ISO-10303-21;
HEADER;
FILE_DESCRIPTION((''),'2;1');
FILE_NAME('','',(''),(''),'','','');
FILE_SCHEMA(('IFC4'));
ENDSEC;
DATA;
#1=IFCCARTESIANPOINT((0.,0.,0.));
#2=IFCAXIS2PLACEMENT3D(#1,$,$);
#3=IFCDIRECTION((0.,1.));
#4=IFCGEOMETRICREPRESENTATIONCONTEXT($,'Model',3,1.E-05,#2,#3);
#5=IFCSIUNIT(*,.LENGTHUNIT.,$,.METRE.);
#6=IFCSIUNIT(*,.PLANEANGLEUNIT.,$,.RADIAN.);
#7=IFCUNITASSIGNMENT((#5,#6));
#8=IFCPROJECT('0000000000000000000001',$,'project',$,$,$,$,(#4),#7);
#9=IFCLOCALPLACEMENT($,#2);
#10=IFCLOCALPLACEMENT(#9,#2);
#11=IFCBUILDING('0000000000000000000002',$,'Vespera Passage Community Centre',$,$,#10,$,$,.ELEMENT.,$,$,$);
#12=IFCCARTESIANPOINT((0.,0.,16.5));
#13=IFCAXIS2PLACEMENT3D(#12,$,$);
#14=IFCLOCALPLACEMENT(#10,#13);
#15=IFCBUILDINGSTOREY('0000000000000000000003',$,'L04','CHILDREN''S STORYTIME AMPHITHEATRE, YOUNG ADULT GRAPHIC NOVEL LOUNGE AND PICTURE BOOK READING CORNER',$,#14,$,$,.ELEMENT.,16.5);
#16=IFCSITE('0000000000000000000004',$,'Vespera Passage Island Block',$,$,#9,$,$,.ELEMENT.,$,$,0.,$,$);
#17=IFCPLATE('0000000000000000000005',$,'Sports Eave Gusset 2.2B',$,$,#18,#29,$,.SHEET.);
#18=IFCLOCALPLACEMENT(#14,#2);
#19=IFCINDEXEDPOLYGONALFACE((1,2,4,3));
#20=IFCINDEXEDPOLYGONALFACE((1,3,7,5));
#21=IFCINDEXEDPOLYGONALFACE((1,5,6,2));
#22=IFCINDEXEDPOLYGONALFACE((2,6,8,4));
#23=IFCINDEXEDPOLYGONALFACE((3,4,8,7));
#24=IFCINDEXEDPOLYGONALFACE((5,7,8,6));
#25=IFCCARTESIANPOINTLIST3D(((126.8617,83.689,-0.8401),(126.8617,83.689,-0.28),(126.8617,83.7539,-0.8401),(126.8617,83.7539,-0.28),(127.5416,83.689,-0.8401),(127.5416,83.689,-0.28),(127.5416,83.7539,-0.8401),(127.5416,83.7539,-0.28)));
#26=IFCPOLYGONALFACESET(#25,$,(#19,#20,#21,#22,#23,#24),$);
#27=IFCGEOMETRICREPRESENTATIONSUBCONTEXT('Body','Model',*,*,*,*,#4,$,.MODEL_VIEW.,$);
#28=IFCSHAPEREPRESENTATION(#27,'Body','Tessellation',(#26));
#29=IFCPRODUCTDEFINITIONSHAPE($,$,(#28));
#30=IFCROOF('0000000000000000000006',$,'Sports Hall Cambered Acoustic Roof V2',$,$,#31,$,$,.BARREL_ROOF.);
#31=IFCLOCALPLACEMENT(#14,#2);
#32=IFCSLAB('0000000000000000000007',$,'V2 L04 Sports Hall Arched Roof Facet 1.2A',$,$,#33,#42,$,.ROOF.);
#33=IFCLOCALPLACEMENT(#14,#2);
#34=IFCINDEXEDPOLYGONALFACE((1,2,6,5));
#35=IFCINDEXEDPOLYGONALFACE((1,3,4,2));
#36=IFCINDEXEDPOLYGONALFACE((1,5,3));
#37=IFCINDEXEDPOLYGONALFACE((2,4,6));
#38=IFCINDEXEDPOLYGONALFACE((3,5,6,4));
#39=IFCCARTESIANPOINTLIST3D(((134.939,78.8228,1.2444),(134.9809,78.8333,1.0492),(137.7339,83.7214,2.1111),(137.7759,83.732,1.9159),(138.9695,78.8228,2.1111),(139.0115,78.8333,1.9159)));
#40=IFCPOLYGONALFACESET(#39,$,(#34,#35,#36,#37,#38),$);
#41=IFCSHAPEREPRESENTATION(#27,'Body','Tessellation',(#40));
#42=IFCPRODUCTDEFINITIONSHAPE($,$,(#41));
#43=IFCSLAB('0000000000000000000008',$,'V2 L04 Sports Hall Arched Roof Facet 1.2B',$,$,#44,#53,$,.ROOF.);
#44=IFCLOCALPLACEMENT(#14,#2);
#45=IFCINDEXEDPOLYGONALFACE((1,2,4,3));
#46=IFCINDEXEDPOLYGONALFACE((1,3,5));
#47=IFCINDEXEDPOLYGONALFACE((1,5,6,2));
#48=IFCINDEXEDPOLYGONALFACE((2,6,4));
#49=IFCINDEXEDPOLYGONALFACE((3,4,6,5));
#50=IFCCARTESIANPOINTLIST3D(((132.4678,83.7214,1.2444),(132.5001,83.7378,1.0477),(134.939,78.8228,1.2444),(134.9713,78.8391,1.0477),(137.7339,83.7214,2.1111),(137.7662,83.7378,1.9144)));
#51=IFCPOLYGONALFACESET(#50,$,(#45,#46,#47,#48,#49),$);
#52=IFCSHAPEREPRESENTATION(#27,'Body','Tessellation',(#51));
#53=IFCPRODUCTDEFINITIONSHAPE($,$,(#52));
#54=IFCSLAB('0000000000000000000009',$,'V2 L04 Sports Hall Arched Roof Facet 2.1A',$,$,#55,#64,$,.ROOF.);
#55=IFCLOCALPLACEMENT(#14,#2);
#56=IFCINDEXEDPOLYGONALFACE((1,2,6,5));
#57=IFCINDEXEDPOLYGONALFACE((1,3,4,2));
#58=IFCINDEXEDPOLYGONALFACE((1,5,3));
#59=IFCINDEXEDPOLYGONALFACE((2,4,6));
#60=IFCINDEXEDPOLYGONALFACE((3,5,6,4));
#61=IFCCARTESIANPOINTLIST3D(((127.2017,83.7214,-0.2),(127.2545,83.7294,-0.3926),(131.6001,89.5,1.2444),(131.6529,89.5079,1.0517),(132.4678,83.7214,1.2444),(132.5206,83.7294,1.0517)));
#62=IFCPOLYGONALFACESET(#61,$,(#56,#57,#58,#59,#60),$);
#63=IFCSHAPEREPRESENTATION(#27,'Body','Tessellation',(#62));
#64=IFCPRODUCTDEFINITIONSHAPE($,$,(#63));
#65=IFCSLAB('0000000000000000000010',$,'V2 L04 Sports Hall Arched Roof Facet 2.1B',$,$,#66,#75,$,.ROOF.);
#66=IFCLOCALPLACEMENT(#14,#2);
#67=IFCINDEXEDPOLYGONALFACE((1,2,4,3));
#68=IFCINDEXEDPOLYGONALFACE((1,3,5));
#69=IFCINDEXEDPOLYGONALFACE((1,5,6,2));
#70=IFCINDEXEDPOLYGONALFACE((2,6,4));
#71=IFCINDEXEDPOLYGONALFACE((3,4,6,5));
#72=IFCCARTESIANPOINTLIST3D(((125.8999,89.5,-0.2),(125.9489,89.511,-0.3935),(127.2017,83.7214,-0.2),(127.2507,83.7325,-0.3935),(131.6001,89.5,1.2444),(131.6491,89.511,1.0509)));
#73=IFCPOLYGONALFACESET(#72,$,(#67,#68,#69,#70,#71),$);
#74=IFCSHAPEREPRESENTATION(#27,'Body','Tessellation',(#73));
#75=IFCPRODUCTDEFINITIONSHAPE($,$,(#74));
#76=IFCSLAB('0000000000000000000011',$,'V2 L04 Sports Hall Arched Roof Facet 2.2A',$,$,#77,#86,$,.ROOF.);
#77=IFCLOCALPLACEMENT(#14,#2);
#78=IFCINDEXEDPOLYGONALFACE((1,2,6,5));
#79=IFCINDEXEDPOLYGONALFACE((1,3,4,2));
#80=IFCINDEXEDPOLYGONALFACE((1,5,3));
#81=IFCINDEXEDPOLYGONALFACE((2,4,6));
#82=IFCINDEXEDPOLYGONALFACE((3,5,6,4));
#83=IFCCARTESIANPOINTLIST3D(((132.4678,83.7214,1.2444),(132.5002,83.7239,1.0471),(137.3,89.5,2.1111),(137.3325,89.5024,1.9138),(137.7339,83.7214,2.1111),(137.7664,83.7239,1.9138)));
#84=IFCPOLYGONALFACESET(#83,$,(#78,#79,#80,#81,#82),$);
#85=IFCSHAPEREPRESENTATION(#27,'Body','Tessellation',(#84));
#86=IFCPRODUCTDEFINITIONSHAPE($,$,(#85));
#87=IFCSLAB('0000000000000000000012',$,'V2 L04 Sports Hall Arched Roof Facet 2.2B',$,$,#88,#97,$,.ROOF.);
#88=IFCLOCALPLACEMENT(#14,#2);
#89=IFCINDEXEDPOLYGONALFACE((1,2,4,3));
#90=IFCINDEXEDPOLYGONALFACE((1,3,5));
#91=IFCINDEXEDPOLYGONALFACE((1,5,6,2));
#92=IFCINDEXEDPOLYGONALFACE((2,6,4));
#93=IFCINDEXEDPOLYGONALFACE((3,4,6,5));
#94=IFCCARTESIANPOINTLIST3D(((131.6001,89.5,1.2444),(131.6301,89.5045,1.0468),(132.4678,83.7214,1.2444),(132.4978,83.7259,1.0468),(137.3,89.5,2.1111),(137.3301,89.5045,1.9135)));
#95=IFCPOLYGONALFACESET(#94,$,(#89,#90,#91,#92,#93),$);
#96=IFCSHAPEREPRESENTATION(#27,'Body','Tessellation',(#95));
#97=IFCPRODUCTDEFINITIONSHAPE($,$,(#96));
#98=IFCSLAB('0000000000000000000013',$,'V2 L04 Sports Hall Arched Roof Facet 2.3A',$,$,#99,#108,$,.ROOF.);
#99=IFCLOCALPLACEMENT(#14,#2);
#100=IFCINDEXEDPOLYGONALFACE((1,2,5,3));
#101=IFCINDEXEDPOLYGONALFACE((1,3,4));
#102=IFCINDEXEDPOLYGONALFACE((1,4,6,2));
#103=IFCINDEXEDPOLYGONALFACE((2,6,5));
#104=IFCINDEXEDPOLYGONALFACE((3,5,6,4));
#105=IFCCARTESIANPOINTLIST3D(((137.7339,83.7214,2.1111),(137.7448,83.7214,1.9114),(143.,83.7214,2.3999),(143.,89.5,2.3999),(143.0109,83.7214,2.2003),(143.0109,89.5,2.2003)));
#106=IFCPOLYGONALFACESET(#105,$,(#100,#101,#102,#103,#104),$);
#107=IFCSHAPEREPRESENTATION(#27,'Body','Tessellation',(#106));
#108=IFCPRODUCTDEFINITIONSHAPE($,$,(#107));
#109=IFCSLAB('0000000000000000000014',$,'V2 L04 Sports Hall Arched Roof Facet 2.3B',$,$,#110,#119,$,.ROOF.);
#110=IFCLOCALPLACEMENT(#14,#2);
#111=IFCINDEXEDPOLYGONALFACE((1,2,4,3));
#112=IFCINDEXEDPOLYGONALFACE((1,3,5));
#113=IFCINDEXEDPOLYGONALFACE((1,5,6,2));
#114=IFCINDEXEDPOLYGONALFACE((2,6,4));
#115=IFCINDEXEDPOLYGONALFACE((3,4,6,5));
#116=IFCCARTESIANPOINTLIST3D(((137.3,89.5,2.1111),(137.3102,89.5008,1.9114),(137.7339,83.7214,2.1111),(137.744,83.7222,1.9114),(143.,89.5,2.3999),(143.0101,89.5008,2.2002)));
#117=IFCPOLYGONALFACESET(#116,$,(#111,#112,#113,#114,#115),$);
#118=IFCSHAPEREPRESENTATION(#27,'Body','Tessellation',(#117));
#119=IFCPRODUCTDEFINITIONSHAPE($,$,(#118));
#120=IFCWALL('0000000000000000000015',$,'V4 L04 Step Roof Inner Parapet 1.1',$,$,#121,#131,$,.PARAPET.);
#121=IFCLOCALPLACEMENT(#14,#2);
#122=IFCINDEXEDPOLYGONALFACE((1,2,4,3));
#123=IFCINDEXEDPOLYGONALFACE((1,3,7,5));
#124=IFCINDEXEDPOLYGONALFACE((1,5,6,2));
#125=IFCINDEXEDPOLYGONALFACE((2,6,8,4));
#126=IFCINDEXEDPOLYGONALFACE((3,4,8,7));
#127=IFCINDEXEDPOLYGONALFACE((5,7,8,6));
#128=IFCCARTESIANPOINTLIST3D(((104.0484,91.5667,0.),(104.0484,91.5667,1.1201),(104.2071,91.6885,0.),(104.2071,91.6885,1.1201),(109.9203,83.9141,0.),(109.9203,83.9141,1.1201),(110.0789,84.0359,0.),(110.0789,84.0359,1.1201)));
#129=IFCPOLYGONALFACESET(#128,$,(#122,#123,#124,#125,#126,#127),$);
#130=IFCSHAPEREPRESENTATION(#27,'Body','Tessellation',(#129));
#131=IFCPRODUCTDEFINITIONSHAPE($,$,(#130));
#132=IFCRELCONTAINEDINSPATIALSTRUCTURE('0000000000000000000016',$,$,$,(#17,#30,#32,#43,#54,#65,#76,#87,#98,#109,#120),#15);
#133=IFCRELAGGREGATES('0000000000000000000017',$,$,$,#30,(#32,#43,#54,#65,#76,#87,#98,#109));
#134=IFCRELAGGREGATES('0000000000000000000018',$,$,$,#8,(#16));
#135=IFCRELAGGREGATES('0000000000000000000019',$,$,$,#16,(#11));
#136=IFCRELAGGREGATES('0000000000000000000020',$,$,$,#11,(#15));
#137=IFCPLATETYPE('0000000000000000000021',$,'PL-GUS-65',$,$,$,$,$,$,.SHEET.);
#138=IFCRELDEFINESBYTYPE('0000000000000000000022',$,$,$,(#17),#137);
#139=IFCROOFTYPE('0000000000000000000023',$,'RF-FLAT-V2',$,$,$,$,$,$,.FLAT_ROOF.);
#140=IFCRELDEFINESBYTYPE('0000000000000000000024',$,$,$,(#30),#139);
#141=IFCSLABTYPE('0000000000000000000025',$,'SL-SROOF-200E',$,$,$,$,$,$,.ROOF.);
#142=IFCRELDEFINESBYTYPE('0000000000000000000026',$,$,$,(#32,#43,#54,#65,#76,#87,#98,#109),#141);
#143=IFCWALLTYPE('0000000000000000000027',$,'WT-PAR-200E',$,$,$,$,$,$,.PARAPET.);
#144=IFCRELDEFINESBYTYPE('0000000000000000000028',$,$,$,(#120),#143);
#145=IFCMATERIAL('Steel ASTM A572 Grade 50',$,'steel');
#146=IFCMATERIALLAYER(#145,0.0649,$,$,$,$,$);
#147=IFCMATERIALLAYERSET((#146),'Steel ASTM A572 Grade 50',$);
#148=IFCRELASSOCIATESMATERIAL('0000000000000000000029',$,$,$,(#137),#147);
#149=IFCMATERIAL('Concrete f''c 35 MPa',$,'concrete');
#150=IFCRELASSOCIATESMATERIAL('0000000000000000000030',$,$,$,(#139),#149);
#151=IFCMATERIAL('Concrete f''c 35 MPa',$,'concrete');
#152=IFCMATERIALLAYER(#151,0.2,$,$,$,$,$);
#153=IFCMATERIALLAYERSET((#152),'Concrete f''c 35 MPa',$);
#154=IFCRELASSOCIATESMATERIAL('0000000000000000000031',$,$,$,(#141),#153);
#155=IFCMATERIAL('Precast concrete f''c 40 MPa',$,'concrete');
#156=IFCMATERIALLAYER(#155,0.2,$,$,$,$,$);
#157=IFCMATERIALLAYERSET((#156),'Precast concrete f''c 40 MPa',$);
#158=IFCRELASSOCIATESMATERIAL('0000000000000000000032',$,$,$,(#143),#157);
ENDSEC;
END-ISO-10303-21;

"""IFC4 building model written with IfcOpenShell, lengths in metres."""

from ifc_helpers import new_model, si_unit, direction, frame, frame_2d, origin, origin_2d, place, context, subcontext, project, spatial, polyline, rectangle, outline, extrude, material, layer, layer_set, type_object, element, aggregate, save


model = new_model("IFC4")

# Units and contexts
model_context = context("Model", 3, precision=1e-05, world=origin(), true_north=direction((0.0, 1.0)))
body_context = subcontext(model_context, "Body", "Model", "MODEL_VIEW")
ifc_project = project(units=[si_unit("LENGTHUNIT", "METRE"), si_unit("PLANEANGLEUNIT", "RADIAN")], contexts=[model_context])

# Site, building, storey
site_placement = place(None, origin())
site = spatial("IfcSite", under=ifc_project, at=site_placement, Name="Vespera Passage Island Block", CompositionType="ELEMENT", RefElevation=0.0)
building_placement = place(site_placement, origin())
building = spatial("IfcBuilding", under=site, at=building_placement, Name="Vespera Passage Community Centre", CompositionType="ELEMENT")
storey_placement = place(building_placement, frame((0.0, 0.0, 16.5)))
storey = spatial("IfcBuildingStorey", under=building, at=storey_placement, Name="L04", Description="CHILDREN'S STORYTIME AMPHITHEATRE, YOUNG ADULT GRAPHIC NOVEL LOUNGE AND PICTURE BOOK READING CORNER", CompositionType="ELEMENT", Elevation=16.5)

# Plate
ifc_material_1 = material(Name="Steel ASTM A572 Grade 50", Category="steel")
ifc_layer_1 = layer(ifc_material_1, 0.0649)
ifc_layer_set_1 = layer_set([ifc_layer_1], Name="Steel ASTM A572 Grade 50")
plate_type_1 = type_object("IfcPlateType", Name="PL-GUS-65", PredefinedType="SHEET", material=ifc_layer_set_1)
plate_placement = place(storey_placement, frame((127.2017, 83.7214, -0.8401), z_axis=(0.0, 0.0, 1.0), x_axis=(1.0, 0.0, 0.0)))
element("IfcPlate", 1, at=plate_placement, inside=storey, type_object=plate_type_1, Name="Sports Eave Gusset 2.2B", PredefinedType="SHEET", context=body_context, shape_type="SweptSolid", body=[
    extrude(rectangle(XDim=0.6799, YDim=0.0649, at=origin_2d()), origin(), (0.0, 0.0, 1.0), 0.5601),
])

# Roof, slabs
ifc_material_2 = material(Name="Concrete f'c 35 MPa", Category="concrete")
roof_type = type_object("IfcRoofType", Name="RF-FLAT-V2", PredefinedType="FLAT_ROOF", material=ifc_material_2)
roof_placement = place(storey_placement, origin())
roof = element("IfcRoof", 2, at=roof_placement, inside=storey, type_object=roof_type, Name="Sports Hall Cambered Acoustic Roof V2", PredefinedType="BARREL_ROOF")
ifc_material_3 = material(Name="Concrete f'c 35 MPa", Category="concrete")
ifc_layer_2 = layer(ifc_material_3, 0.2)
ifc_layer_set_2 = layer_set([ifc_layer_2], Name="Concrete f'c 35 MPa")
slab_type = type_object("IfcSlabType", Name="SL-SROOF-200E", PredefinedType="ROOF", material=ifc_layer_set_2)
slab_1_placement = place(storey_placement, frame((134.939, 78.8228, 1.2444), z_axis=(-0.209934, -0.052952, 0.976281), x_axis=(0.977652, 0.0, 0.210229)))
slab_1 = element("IfcSlab", 3, at=slab_1_placement, inside=storey, type_object=slab_type, Name="V2 L04 Sports Hall Arched Roof Facet 1.2A", PredefinedType="ROOF", context=body_context, shape_type="SweptSolid", body=[
    extrude(outline(polyline([(0.0, 0.0), (4.1226, 0.0), (2.9147, 4.9056), (0.0, 0.0)])), origin(), (0.0, 0.0, -1.0), 0.2),
])
slab_2_placement = place(storey_placement, frame((134.939, 78.8228, 1.2444), z_axis=(-0.161854, -0.081649, 0.983431), x_axis=(0.489811, 0.858496, 0.151889)))
slab_2 = element("IfcSlab", 4, at=slab_2_placement, inside=storey, type_object=slab_type, Name="V2 L04 Sports Hall Arched Roof Facet 1.2B", PredefinedType="ROOF", context=body_context, shape_type="SweptSolid", body=[
    extrude(outline(polyline([(0.0, 0.0), (5.7061, 0.0), (2.9951, 4.5971), (0.0, 0.0)])), origin(), (0.0, 0.0, -1.0), 0.2),
])
slab_3_placement = place(storey_placement, frame((127.2017, 83.7214, -0.2), z_axis=(-0.264293, -0.039685, 0.963626), x_axis=(0.964385, 0.0, 0.264502)))
slab_3 = element("IfcSlab", 5, at=slab_3_placement, inside=storey, type_object=slab_type, Name="V2 L04 Sports Hall Arched Roof Facet 2.1A", PredefinedType="ROOF", context=body_context, shape_type="SweptSolid", body=[
    extrude(outline(polyline([(0.0, 0.0), (5.4606, 0.0), (4.6238, 5.7831), (0.0, 0.0)])), origin(), (0.0, 0.0, -1.0), 0.2),
])
slab_4_placement = place(storey_placement, frame((127.2017, 83.7214, -0.2), z_axis=(-0.245246, -0.055247, 0.967885), x_axis=(0.594036, 0.78043, 0.195066)))
slab_4 = element("IfcSlab", 6, at=slab_4_placement, inside=storey, type_object=slab_type, Name="V2 L04 Sports Hall Arched Roof Facet 2.1B", PredefinedType="ROOF", context=body_context, shape_type="SweptSolid", body=[
    extrude(outline(polyline([(0.0, 0.0), (7.4043, 0.0), (3.7365, 4.5962), (0.0, 0.0)])), origin(), (0.0, 0.0, -1.0), 0.2),
])
slab_5_placement = place(storey_placement, frame((132.4678, 83.7214, 1.2444), z_axis=(-0.162384, -0.012191, 0.986652), x_axis=(0.986726, 0.0, 0.162396)))
slab_5 = element("IfcSlab", 7, at=slab_5_placement, inside=storey, type_object=slab_type, Name="V2 L04 Sports Hall Arched Roof Facet 2.2A", PredefinedType="ROOF", context=body_context, shape_type="SweptSolid", body=[
    extrude(outline(polyline([(0.0, 0.0), (5.337, 0.0), (4.9089, 5.779), (0.0, 0.0)])), origin(), (0.0, 0.0, -1.0), 0.2),
])
slab_6_placement = place(storey_placement, frame((132.4678, 83.7214, 1.2444), z_axis=(-0.150288, -0.022566, 0.988385), x_axis=(0.637296, 0.762095, 0.114303)))
slab_6 = element("IfcSlab", 8, at=slab_6_placement, inside=storey, type_object=slab_type, Name="V2 L04 Sports Hall Arched Roof Facet 2.2B", PredefinedType="ROOF", context=body_context, shape_type="SweptSolid", body=[
    extrude(outline(polyline([(0.0, 0.0), (7.5825, 0.0), (3.8509, 4.395), (0.0, 0.0)])), origin(), (0.0, 0.0, -1.0), 0.2),
])
slab_7_placement = place(storey_placement, frame((137.7339, 83.7214, 2.1111), z_axis=(-0.054762, 0.0, 0.998499), x_axis=(0.998499, 0.0, 0.054762)))
slab_7 = element("IfcSlab", 9, at=slab_7_placement, inside=storey, type_object=slab_type, Name="V2 L04 Sports Hall Arched Roof Facet 2.3A", PredefinedType="ROOF", context=body_context, shape_type="SweptSolid", body=[
    extrude(outline(polyline([(0.0, 0.0), (5.274, 0.0), (5.274, 5.7786), (0.0, 0.0)])), origin(), (0.0, 0.0, -1.0), 0.2),
])
slab_8_placement = place(storey_placement, frame((137.7339, 83.7214, 2.1111), z_axis=(-0.050605, -0.003799, 0.998712), x_axis=(0.673115, 0.738616, 0.036917)))
slab_8 = element("IfcSlab", 10, at=slab_8_placement, inside=storey, type_object=slab_type, Name="V2 L04 Sports Hall Arched Roof Facet 2.3B", PredefinedType="ROOF", context=body_context, shape_type="SweptSolid", body=[
    extrude(outline(polyline([(0.0, 0.0), (7.8235, 0.0), (3.9761, 4.2155), (0.0, 0.0)])), origin(), (0.0, 0.0, -1.0), 0.2),
])
aggregate(roof, [slab_1, slab_2, slab_3, slab_4, slab_5, slab_6, slab_7, slab_8])

# Wall
ifc_material_4 = material(Name="Precast concrete f'c 40 MPa", Category="concrete")
ifc_layer_3 = layer(ifc_material_4, 0.2)
ifc_layer_set_3 = layer_set([ifc_layer_3], Name="Precast concrete f'c 40 MPa")
wall_type = type_object("IfcWallType", Name="WT-PAR-200E", PredefinedType="PARAPET", material=ifc_layer_set_3)
wall_placement = place(storey_placement, frame((109.9995, 83.9751, 0.0), z_axis=(0.0, 0.0, 1.0), x_axis=(-0.608748, 0.793364, 0.0)))
element("IfcWall", 11, at=wall_placement, inside=storey, type_object=wall_type, Name="V4 L04 Step Roof Inner Parapet 1.1", PredefinedType="PARAPET", context=body_context, shape_type="SweptSolid", body=[
    extrude(rectangle(XDim=9.6458, YDim=0.2, at=frame_2d((4.8228, 0.0))), origin(), (0.0, 0.0, 1.0), 1.1201),
])

save(model, "model.ifc")
